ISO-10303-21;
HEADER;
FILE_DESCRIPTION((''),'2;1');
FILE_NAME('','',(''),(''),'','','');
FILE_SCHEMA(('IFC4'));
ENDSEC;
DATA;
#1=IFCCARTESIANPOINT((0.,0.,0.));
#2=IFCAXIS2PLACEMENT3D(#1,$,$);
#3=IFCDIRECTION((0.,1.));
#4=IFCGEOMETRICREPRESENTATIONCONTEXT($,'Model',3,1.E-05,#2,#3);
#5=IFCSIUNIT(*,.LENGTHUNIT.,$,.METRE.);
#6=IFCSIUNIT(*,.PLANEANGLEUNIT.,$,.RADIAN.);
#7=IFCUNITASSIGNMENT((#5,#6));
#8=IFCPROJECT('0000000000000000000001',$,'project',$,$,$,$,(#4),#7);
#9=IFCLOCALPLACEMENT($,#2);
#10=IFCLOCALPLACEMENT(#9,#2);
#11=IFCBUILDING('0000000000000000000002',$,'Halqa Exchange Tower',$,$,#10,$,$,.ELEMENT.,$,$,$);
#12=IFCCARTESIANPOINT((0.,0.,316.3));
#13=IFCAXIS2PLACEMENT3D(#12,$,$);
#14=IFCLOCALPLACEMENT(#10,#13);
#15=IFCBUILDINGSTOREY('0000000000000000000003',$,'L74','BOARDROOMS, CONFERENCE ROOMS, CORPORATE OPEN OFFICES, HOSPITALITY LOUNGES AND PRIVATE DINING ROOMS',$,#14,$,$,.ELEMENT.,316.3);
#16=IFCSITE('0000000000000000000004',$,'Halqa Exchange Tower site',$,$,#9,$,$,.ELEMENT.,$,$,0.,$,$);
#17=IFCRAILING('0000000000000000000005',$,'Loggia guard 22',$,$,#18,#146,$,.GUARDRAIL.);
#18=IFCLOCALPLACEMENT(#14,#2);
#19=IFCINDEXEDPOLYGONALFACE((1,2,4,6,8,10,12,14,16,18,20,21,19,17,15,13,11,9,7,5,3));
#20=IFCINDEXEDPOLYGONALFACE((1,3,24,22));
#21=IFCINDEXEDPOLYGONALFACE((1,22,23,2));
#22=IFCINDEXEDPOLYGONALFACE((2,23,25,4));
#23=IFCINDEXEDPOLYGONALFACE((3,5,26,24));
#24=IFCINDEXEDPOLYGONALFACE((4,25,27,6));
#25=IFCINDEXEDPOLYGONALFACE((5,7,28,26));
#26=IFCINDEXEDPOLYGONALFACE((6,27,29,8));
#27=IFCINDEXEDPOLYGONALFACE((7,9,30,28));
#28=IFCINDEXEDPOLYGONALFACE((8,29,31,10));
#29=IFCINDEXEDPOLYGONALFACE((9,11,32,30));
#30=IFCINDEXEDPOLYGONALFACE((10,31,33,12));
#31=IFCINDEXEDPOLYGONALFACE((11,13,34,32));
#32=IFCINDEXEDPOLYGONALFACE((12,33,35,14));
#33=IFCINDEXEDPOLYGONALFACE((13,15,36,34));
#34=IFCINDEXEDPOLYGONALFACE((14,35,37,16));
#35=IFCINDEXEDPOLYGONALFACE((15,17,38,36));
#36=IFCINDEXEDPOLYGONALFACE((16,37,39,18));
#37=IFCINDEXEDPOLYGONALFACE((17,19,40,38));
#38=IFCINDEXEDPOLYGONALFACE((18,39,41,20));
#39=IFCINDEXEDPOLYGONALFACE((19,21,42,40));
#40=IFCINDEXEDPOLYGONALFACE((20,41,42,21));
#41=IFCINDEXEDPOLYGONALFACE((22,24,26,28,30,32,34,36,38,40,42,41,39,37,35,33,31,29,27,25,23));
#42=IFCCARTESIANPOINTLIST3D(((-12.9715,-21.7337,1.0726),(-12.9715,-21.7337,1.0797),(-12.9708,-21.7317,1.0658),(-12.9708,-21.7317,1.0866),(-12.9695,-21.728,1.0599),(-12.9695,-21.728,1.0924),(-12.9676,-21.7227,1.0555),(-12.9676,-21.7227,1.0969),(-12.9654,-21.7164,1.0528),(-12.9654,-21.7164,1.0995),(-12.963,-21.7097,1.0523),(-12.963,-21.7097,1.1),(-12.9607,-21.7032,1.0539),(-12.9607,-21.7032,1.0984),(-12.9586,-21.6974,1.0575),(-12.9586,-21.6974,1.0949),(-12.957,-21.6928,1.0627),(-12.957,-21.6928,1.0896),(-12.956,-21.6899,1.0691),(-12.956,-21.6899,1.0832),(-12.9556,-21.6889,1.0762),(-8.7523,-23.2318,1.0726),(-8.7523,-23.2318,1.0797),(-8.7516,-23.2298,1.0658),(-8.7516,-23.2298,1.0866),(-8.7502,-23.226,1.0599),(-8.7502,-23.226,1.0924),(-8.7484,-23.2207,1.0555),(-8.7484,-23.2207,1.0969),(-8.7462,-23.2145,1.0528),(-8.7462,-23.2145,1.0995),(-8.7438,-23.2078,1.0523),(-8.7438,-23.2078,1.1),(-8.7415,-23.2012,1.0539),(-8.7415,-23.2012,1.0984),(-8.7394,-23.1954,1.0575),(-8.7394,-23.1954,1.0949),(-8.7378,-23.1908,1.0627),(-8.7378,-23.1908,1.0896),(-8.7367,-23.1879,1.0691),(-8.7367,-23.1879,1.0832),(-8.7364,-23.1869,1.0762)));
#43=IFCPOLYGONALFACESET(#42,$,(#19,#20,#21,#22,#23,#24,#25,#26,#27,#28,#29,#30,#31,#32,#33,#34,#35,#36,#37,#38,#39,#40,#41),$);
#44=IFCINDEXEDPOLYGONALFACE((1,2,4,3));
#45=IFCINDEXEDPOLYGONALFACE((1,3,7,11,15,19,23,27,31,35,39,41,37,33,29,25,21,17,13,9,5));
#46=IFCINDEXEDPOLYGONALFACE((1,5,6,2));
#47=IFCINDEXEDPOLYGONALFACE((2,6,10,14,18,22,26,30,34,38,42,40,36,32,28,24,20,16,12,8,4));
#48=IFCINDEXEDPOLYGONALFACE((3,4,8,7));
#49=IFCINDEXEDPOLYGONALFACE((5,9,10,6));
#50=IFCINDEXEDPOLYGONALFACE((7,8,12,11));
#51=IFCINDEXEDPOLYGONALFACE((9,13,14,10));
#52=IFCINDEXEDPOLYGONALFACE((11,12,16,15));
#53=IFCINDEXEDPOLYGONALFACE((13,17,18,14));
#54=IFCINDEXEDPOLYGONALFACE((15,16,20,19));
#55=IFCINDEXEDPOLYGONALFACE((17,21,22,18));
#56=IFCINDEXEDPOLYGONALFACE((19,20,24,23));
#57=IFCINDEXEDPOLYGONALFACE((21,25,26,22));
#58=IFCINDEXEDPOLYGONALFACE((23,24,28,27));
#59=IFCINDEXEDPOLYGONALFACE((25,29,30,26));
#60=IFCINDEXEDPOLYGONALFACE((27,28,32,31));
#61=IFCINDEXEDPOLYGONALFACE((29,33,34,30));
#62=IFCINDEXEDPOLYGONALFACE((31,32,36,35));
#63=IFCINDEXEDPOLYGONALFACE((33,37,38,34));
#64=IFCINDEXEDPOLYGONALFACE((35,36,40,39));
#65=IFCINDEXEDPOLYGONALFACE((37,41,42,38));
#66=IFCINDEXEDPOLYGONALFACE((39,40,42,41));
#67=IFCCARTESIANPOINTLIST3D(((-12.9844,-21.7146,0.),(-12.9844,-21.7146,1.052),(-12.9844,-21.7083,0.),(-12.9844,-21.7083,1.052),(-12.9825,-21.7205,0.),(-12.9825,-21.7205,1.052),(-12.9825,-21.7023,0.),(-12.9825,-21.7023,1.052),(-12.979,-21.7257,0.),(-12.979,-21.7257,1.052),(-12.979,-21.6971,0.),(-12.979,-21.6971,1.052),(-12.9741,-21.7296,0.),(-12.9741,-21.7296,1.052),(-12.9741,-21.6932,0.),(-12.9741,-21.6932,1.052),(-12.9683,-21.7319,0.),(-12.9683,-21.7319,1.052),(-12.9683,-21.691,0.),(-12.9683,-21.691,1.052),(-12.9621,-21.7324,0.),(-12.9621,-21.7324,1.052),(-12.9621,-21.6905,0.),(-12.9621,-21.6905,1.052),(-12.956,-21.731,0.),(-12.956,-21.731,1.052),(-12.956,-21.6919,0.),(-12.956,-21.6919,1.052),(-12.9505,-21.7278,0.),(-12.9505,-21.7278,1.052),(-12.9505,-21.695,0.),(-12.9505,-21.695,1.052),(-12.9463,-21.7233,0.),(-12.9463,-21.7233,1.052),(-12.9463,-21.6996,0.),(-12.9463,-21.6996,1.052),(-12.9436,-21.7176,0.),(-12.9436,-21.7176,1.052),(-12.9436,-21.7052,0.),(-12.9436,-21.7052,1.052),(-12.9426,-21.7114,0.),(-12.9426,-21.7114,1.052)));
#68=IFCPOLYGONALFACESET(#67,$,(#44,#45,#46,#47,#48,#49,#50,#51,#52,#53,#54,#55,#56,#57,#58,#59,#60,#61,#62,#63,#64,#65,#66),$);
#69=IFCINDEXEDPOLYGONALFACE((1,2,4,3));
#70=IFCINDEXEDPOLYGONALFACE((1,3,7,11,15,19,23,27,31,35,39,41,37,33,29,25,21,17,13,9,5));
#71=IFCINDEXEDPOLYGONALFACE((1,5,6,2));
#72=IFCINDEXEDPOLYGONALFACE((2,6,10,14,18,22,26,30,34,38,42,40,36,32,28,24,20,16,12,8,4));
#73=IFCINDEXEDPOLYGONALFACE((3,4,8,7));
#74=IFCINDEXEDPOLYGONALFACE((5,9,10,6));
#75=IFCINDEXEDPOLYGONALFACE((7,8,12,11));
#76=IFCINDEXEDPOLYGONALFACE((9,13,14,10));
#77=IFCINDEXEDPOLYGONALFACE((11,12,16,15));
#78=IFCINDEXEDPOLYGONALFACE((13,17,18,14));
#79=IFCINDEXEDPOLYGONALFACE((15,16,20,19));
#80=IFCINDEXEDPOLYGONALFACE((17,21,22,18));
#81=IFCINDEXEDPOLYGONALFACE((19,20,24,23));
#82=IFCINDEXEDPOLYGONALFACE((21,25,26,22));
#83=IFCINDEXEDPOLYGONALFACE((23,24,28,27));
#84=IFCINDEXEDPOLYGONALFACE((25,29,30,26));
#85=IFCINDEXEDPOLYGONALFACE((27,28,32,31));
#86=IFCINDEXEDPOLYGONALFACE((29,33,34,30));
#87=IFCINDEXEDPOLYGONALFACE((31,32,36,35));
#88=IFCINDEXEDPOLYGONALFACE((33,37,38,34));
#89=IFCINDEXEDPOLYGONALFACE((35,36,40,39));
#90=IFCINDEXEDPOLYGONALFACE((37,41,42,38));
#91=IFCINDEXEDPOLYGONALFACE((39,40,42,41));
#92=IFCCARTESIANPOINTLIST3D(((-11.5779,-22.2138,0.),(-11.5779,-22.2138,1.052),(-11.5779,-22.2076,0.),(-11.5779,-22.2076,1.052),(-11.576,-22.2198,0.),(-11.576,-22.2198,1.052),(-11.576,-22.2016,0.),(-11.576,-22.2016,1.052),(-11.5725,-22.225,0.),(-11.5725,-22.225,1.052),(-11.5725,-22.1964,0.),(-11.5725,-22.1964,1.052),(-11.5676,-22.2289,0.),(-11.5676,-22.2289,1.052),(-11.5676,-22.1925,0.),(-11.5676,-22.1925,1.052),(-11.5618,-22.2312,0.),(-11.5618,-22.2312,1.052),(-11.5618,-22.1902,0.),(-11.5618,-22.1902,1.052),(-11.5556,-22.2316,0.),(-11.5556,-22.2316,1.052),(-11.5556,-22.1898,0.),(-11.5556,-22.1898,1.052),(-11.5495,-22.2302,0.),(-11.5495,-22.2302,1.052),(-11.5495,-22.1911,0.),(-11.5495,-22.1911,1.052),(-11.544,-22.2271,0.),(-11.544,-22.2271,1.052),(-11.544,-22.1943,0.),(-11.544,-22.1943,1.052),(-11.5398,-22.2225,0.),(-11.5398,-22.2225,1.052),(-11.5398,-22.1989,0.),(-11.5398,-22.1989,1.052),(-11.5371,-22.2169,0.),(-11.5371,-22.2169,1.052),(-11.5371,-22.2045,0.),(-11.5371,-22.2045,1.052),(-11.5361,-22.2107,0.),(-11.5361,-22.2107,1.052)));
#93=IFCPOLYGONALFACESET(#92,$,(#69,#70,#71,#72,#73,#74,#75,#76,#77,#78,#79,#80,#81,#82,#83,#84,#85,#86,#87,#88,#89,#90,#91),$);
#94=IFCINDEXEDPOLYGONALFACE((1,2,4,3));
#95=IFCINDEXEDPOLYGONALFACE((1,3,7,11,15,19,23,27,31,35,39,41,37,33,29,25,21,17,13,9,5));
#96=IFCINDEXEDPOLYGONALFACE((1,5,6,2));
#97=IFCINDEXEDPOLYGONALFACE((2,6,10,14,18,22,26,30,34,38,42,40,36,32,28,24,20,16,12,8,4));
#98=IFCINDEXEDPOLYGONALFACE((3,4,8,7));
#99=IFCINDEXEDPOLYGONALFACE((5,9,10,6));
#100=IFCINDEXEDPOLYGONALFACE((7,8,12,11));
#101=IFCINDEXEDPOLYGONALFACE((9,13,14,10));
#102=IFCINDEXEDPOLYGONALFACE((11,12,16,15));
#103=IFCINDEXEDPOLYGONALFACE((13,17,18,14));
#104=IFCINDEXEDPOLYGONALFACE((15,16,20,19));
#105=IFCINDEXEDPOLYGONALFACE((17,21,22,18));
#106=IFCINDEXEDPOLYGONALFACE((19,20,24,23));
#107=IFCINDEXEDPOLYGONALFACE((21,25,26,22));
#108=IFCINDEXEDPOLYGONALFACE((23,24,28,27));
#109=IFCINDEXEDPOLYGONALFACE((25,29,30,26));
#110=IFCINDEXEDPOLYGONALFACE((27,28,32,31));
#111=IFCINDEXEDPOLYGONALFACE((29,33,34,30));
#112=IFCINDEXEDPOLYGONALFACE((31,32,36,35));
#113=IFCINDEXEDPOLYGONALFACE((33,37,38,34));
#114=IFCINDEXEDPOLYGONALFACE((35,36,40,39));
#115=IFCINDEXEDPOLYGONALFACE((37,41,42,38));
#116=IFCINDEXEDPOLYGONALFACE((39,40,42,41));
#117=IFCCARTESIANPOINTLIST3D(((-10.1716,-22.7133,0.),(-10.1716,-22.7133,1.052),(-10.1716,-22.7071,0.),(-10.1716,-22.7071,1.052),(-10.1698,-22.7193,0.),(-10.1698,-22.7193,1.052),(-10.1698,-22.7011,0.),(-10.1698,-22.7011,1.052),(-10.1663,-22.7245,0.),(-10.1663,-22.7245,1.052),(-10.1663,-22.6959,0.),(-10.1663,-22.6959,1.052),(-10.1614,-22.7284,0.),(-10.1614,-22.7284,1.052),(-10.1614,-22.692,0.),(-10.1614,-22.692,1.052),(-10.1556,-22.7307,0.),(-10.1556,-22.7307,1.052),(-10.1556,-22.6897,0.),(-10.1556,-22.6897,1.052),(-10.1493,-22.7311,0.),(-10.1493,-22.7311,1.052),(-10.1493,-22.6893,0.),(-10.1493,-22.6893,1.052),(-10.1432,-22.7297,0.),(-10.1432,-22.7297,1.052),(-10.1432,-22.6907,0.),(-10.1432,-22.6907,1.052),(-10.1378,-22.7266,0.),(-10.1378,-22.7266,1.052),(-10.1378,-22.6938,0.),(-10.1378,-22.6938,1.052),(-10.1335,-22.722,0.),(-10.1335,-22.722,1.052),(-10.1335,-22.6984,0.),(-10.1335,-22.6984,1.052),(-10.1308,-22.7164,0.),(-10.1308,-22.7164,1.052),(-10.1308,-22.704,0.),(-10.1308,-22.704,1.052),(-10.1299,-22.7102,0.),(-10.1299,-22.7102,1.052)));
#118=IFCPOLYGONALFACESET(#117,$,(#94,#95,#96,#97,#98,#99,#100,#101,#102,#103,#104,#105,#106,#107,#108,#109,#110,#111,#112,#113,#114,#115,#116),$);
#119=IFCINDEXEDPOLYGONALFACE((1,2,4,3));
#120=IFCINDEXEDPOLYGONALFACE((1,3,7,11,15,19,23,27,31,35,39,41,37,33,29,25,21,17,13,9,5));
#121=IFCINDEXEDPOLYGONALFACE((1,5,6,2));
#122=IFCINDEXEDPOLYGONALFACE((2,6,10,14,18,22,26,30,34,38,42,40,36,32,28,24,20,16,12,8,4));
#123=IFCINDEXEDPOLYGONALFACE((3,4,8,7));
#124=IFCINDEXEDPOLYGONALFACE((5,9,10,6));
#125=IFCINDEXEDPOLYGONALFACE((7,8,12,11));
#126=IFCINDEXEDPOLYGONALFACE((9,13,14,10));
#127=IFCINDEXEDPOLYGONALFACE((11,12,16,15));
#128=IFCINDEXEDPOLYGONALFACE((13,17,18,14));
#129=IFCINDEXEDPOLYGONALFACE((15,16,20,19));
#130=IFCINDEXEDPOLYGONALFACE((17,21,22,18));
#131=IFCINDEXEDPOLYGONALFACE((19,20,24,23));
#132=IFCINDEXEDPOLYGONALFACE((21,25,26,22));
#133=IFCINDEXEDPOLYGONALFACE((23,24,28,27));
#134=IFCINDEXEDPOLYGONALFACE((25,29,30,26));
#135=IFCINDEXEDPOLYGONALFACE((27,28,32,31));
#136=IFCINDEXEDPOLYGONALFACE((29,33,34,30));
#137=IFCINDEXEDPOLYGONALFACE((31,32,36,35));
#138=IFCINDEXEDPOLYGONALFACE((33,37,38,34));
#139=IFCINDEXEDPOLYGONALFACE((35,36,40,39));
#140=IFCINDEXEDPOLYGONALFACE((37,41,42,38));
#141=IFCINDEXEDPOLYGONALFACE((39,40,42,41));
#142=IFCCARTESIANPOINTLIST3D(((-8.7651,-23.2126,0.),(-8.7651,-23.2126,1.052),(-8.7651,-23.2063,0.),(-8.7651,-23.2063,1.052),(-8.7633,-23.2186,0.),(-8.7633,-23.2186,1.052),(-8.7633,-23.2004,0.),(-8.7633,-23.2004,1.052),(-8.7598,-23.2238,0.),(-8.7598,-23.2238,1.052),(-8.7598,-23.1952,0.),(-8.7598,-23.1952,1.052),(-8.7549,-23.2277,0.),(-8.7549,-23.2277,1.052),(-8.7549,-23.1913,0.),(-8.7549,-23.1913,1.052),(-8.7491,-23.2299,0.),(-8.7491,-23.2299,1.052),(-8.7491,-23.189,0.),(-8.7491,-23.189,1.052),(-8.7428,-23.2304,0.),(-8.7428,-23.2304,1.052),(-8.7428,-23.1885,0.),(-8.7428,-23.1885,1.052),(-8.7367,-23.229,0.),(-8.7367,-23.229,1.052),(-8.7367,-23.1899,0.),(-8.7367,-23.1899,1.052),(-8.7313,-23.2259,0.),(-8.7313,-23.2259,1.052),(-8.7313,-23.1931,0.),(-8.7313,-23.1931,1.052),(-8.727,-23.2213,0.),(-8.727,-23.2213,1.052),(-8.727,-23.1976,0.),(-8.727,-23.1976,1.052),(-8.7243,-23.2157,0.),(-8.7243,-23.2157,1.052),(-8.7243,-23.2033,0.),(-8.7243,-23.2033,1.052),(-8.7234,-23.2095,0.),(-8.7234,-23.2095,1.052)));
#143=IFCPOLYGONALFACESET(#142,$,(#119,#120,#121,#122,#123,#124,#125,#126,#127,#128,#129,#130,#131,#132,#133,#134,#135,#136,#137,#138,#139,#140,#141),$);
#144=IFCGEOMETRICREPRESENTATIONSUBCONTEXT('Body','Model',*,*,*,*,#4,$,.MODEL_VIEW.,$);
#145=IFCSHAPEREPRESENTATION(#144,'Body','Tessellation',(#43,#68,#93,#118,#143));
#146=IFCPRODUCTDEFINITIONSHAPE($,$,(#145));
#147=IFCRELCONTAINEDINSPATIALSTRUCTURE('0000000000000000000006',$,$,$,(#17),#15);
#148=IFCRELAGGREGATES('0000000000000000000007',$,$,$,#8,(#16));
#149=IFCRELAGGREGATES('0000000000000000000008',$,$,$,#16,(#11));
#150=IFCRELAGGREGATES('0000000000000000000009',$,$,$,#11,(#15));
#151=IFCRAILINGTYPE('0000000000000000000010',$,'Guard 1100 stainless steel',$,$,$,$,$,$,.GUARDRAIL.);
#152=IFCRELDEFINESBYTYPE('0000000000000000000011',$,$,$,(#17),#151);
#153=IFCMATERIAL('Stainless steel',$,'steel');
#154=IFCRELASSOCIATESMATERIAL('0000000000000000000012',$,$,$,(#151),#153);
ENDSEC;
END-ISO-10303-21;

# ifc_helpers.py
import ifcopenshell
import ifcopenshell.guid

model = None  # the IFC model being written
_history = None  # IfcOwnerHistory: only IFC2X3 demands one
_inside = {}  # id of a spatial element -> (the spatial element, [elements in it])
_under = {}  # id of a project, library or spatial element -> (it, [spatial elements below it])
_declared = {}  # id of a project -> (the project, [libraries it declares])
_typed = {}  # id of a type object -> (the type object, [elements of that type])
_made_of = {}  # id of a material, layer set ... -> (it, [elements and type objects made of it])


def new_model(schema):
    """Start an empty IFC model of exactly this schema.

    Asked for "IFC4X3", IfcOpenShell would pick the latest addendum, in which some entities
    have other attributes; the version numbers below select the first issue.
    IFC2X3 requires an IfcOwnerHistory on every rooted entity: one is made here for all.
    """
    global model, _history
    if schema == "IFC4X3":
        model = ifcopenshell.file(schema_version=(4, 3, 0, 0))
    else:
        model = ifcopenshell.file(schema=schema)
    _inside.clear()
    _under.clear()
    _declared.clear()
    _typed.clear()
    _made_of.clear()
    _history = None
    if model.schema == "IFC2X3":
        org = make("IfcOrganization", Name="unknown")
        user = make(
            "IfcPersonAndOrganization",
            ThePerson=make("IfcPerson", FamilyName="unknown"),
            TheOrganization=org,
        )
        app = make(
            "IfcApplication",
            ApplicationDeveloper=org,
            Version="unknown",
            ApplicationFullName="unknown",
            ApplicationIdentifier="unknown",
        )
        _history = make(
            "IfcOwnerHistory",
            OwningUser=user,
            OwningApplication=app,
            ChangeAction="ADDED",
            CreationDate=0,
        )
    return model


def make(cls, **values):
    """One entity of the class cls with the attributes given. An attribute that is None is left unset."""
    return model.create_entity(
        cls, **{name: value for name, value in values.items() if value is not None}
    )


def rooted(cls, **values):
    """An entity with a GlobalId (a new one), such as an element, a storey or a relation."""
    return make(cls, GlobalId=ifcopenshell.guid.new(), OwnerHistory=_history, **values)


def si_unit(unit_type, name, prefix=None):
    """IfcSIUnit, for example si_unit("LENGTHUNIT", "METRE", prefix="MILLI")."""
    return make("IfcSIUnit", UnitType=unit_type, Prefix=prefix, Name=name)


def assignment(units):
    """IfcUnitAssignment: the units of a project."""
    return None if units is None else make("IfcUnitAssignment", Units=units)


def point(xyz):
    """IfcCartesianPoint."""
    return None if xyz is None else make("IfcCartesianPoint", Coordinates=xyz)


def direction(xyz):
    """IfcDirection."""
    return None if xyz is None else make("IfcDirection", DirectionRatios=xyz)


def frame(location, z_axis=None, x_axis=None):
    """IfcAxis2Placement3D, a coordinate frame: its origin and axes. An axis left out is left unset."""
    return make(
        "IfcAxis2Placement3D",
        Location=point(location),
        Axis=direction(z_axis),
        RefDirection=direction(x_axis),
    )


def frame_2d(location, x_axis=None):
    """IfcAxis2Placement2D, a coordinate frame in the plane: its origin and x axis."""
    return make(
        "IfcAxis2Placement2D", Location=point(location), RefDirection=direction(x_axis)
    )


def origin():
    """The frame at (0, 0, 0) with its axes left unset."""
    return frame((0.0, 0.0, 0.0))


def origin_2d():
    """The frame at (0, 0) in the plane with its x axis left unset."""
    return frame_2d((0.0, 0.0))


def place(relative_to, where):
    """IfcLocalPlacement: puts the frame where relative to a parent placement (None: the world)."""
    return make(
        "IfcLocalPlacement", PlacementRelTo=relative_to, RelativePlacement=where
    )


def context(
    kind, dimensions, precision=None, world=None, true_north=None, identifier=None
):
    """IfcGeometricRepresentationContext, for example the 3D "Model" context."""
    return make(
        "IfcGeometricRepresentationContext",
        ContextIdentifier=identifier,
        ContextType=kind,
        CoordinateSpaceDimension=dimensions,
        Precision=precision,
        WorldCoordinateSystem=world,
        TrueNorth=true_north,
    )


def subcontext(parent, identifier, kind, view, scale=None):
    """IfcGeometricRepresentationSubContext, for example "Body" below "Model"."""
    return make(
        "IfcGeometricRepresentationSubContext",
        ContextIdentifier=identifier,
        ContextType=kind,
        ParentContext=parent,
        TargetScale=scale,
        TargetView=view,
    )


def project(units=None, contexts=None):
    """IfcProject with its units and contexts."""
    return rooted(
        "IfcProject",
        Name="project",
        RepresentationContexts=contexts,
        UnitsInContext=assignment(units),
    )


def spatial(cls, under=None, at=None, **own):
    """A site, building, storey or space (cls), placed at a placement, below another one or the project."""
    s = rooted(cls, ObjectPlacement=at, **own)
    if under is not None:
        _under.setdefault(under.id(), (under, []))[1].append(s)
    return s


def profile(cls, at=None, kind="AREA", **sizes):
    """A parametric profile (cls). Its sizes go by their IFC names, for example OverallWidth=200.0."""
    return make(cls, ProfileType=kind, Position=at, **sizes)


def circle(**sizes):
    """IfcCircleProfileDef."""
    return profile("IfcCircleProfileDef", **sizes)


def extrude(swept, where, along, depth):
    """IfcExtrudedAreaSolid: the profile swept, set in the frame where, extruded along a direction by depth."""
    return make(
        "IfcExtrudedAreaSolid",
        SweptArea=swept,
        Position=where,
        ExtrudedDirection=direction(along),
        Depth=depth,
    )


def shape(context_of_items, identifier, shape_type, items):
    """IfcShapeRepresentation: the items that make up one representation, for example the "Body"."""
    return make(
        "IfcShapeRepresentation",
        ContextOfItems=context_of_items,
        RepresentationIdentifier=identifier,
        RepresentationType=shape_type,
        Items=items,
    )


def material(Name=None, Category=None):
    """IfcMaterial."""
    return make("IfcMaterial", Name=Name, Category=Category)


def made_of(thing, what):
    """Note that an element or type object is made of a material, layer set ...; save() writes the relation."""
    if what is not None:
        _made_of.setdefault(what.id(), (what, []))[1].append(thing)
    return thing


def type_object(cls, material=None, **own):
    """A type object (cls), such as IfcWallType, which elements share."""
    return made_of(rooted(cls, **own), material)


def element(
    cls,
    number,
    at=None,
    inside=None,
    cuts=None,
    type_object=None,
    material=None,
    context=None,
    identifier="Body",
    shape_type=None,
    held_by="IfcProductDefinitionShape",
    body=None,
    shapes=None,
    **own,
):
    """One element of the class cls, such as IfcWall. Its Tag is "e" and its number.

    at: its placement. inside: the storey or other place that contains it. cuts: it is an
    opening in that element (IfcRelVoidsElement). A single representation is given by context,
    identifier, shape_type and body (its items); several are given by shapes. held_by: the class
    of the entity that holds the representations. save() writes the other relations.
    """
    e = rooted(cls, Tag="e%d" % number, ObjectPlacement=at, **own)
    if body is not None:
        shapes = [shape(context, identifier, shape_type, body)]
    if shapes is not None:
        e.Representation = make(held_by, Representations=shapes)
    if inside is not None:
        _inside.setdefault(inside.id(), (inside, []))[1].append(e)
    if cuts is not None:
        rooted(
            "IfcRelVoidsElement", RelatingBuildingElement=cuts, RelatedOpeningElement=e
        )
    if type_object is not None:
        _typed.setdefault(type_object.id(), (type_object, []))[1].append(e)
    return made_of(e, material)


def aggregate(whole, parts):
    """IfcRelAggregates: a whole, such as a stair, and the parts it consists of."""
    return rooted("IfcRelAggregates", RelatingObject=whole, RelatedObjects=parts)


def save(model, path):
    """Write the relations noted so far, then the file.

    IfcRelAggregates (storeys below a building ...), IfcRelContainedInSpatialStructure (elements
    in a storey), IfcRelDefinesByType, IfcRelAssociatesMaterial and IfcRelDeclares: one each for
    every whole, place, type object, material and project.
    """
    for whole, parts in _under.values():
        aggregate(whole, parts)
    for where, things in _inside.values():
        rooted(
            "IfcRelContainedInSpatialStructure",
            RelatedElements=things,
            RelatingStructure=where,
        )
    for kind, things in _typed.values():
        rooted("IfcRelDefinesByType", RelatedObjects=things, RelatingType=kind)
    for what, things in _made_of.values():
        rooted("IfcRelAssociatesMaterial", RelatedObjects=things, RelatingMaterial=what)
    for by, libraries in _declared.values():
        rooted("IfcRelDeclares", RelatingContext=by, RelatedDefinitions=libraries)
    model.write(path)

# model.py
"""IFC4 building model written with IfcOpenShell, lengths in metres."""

from ifc_helpers import new_model, si_unit, direction, frame, origin, origin_2d, place, context, subcontext, project, spatial, circle, extrude, material, type_object, element, save


model = new_model("IFC4")

# Units and contexts
model_context = context("Model", 3, precision=1e-05, world=origin(), true_north=direction((0.0, 1.0)))
body_context = subcontext(model_context, "Body", "Model", "MODEL_VIEW")
ifc_project = project(units=[si_unit("LENGTHUNIT", "METRE"), si_unit("PLANEANGLEUNIT", "RADIAN")], contexts=[model_context])

# Site, building, storey
site_placement = place(None, origin())
site = spatial("IfcSite", under=ifc_project, at=site_placement, Name="Halqa Exchange Tower site", CompositionType="ELEMENT", RefElevation=0.0)
building_placement = place(site_placement, origin())
building = spatial("IfcBuilding", under=site, at=building_placement, Name="Halqa Exchange Tower", CompositionType="ELEMENT")
storey_placement = place(building_placement, frame((0.0, 0.0, 316.3)))
storey = spatial("IfcBuildingStorey", under=building, at=storey_placement, Name="L74", Description="BOARDROOMS, CONFERENCE ROOMS, CORPORATE OPEN OFFICES, HOSPITALITY LOUNGES AND PRIVATE DINING ROOMS", CompositionType="ELEMENT", Elevation=316.3)

# Railing
ifc_material_1 = material(Name="Stainless steel", Category="steel")
railing_type = type_object("IfcRailingType", Name="Guard 1100 stainless steel", PredefinedType="GUARDRAIL", material=ifc_material_1)
railing_1_placement = place(storey_placement, frame((-12.9636, -21.7114, 0.0)))
element("IfcRailing", 1, at=railing_1_placement, inside=storey, type_object=railing_type, Name="Loggia guard 22", PredefinedType="GUARDRAIL", context=body_context, shape_type="SweptSolid", body=[
    extrude(circle(Radius=0.0239, at=origin_2d()), frame((0.0, 0.0, 1.0762), z_axis=(0.942365, -0.334588, 0.0), x_axis=(0.334588, 0.942365, 0.0)), (0.0, 0.0, 1.0), 4.4773),
    extrude(circle(Radius=0.021, at=origin_2d()), origin(), (0.0, 0.0, 1.0), 1.052),
    extrude(circle(Radius=0.021, at=origin_2d()), frame((1.4065, -0.4993, 0.0)), (0.0, 0.0, 1.0), 1.052),
    extrude(circle(Radius=0.021, at=origin_2d()), frame((2.8127, -0.9988, 0.0)), (0.0, 0.0, 1.0), 1.052),
    extrude(circle(Radius=0.021, at=origin_2d()), frame((4.2192, -1.498, 0.0)), (0.0, 0.0, 1.0), 1.052),
])

save(model, "model.ifc")
